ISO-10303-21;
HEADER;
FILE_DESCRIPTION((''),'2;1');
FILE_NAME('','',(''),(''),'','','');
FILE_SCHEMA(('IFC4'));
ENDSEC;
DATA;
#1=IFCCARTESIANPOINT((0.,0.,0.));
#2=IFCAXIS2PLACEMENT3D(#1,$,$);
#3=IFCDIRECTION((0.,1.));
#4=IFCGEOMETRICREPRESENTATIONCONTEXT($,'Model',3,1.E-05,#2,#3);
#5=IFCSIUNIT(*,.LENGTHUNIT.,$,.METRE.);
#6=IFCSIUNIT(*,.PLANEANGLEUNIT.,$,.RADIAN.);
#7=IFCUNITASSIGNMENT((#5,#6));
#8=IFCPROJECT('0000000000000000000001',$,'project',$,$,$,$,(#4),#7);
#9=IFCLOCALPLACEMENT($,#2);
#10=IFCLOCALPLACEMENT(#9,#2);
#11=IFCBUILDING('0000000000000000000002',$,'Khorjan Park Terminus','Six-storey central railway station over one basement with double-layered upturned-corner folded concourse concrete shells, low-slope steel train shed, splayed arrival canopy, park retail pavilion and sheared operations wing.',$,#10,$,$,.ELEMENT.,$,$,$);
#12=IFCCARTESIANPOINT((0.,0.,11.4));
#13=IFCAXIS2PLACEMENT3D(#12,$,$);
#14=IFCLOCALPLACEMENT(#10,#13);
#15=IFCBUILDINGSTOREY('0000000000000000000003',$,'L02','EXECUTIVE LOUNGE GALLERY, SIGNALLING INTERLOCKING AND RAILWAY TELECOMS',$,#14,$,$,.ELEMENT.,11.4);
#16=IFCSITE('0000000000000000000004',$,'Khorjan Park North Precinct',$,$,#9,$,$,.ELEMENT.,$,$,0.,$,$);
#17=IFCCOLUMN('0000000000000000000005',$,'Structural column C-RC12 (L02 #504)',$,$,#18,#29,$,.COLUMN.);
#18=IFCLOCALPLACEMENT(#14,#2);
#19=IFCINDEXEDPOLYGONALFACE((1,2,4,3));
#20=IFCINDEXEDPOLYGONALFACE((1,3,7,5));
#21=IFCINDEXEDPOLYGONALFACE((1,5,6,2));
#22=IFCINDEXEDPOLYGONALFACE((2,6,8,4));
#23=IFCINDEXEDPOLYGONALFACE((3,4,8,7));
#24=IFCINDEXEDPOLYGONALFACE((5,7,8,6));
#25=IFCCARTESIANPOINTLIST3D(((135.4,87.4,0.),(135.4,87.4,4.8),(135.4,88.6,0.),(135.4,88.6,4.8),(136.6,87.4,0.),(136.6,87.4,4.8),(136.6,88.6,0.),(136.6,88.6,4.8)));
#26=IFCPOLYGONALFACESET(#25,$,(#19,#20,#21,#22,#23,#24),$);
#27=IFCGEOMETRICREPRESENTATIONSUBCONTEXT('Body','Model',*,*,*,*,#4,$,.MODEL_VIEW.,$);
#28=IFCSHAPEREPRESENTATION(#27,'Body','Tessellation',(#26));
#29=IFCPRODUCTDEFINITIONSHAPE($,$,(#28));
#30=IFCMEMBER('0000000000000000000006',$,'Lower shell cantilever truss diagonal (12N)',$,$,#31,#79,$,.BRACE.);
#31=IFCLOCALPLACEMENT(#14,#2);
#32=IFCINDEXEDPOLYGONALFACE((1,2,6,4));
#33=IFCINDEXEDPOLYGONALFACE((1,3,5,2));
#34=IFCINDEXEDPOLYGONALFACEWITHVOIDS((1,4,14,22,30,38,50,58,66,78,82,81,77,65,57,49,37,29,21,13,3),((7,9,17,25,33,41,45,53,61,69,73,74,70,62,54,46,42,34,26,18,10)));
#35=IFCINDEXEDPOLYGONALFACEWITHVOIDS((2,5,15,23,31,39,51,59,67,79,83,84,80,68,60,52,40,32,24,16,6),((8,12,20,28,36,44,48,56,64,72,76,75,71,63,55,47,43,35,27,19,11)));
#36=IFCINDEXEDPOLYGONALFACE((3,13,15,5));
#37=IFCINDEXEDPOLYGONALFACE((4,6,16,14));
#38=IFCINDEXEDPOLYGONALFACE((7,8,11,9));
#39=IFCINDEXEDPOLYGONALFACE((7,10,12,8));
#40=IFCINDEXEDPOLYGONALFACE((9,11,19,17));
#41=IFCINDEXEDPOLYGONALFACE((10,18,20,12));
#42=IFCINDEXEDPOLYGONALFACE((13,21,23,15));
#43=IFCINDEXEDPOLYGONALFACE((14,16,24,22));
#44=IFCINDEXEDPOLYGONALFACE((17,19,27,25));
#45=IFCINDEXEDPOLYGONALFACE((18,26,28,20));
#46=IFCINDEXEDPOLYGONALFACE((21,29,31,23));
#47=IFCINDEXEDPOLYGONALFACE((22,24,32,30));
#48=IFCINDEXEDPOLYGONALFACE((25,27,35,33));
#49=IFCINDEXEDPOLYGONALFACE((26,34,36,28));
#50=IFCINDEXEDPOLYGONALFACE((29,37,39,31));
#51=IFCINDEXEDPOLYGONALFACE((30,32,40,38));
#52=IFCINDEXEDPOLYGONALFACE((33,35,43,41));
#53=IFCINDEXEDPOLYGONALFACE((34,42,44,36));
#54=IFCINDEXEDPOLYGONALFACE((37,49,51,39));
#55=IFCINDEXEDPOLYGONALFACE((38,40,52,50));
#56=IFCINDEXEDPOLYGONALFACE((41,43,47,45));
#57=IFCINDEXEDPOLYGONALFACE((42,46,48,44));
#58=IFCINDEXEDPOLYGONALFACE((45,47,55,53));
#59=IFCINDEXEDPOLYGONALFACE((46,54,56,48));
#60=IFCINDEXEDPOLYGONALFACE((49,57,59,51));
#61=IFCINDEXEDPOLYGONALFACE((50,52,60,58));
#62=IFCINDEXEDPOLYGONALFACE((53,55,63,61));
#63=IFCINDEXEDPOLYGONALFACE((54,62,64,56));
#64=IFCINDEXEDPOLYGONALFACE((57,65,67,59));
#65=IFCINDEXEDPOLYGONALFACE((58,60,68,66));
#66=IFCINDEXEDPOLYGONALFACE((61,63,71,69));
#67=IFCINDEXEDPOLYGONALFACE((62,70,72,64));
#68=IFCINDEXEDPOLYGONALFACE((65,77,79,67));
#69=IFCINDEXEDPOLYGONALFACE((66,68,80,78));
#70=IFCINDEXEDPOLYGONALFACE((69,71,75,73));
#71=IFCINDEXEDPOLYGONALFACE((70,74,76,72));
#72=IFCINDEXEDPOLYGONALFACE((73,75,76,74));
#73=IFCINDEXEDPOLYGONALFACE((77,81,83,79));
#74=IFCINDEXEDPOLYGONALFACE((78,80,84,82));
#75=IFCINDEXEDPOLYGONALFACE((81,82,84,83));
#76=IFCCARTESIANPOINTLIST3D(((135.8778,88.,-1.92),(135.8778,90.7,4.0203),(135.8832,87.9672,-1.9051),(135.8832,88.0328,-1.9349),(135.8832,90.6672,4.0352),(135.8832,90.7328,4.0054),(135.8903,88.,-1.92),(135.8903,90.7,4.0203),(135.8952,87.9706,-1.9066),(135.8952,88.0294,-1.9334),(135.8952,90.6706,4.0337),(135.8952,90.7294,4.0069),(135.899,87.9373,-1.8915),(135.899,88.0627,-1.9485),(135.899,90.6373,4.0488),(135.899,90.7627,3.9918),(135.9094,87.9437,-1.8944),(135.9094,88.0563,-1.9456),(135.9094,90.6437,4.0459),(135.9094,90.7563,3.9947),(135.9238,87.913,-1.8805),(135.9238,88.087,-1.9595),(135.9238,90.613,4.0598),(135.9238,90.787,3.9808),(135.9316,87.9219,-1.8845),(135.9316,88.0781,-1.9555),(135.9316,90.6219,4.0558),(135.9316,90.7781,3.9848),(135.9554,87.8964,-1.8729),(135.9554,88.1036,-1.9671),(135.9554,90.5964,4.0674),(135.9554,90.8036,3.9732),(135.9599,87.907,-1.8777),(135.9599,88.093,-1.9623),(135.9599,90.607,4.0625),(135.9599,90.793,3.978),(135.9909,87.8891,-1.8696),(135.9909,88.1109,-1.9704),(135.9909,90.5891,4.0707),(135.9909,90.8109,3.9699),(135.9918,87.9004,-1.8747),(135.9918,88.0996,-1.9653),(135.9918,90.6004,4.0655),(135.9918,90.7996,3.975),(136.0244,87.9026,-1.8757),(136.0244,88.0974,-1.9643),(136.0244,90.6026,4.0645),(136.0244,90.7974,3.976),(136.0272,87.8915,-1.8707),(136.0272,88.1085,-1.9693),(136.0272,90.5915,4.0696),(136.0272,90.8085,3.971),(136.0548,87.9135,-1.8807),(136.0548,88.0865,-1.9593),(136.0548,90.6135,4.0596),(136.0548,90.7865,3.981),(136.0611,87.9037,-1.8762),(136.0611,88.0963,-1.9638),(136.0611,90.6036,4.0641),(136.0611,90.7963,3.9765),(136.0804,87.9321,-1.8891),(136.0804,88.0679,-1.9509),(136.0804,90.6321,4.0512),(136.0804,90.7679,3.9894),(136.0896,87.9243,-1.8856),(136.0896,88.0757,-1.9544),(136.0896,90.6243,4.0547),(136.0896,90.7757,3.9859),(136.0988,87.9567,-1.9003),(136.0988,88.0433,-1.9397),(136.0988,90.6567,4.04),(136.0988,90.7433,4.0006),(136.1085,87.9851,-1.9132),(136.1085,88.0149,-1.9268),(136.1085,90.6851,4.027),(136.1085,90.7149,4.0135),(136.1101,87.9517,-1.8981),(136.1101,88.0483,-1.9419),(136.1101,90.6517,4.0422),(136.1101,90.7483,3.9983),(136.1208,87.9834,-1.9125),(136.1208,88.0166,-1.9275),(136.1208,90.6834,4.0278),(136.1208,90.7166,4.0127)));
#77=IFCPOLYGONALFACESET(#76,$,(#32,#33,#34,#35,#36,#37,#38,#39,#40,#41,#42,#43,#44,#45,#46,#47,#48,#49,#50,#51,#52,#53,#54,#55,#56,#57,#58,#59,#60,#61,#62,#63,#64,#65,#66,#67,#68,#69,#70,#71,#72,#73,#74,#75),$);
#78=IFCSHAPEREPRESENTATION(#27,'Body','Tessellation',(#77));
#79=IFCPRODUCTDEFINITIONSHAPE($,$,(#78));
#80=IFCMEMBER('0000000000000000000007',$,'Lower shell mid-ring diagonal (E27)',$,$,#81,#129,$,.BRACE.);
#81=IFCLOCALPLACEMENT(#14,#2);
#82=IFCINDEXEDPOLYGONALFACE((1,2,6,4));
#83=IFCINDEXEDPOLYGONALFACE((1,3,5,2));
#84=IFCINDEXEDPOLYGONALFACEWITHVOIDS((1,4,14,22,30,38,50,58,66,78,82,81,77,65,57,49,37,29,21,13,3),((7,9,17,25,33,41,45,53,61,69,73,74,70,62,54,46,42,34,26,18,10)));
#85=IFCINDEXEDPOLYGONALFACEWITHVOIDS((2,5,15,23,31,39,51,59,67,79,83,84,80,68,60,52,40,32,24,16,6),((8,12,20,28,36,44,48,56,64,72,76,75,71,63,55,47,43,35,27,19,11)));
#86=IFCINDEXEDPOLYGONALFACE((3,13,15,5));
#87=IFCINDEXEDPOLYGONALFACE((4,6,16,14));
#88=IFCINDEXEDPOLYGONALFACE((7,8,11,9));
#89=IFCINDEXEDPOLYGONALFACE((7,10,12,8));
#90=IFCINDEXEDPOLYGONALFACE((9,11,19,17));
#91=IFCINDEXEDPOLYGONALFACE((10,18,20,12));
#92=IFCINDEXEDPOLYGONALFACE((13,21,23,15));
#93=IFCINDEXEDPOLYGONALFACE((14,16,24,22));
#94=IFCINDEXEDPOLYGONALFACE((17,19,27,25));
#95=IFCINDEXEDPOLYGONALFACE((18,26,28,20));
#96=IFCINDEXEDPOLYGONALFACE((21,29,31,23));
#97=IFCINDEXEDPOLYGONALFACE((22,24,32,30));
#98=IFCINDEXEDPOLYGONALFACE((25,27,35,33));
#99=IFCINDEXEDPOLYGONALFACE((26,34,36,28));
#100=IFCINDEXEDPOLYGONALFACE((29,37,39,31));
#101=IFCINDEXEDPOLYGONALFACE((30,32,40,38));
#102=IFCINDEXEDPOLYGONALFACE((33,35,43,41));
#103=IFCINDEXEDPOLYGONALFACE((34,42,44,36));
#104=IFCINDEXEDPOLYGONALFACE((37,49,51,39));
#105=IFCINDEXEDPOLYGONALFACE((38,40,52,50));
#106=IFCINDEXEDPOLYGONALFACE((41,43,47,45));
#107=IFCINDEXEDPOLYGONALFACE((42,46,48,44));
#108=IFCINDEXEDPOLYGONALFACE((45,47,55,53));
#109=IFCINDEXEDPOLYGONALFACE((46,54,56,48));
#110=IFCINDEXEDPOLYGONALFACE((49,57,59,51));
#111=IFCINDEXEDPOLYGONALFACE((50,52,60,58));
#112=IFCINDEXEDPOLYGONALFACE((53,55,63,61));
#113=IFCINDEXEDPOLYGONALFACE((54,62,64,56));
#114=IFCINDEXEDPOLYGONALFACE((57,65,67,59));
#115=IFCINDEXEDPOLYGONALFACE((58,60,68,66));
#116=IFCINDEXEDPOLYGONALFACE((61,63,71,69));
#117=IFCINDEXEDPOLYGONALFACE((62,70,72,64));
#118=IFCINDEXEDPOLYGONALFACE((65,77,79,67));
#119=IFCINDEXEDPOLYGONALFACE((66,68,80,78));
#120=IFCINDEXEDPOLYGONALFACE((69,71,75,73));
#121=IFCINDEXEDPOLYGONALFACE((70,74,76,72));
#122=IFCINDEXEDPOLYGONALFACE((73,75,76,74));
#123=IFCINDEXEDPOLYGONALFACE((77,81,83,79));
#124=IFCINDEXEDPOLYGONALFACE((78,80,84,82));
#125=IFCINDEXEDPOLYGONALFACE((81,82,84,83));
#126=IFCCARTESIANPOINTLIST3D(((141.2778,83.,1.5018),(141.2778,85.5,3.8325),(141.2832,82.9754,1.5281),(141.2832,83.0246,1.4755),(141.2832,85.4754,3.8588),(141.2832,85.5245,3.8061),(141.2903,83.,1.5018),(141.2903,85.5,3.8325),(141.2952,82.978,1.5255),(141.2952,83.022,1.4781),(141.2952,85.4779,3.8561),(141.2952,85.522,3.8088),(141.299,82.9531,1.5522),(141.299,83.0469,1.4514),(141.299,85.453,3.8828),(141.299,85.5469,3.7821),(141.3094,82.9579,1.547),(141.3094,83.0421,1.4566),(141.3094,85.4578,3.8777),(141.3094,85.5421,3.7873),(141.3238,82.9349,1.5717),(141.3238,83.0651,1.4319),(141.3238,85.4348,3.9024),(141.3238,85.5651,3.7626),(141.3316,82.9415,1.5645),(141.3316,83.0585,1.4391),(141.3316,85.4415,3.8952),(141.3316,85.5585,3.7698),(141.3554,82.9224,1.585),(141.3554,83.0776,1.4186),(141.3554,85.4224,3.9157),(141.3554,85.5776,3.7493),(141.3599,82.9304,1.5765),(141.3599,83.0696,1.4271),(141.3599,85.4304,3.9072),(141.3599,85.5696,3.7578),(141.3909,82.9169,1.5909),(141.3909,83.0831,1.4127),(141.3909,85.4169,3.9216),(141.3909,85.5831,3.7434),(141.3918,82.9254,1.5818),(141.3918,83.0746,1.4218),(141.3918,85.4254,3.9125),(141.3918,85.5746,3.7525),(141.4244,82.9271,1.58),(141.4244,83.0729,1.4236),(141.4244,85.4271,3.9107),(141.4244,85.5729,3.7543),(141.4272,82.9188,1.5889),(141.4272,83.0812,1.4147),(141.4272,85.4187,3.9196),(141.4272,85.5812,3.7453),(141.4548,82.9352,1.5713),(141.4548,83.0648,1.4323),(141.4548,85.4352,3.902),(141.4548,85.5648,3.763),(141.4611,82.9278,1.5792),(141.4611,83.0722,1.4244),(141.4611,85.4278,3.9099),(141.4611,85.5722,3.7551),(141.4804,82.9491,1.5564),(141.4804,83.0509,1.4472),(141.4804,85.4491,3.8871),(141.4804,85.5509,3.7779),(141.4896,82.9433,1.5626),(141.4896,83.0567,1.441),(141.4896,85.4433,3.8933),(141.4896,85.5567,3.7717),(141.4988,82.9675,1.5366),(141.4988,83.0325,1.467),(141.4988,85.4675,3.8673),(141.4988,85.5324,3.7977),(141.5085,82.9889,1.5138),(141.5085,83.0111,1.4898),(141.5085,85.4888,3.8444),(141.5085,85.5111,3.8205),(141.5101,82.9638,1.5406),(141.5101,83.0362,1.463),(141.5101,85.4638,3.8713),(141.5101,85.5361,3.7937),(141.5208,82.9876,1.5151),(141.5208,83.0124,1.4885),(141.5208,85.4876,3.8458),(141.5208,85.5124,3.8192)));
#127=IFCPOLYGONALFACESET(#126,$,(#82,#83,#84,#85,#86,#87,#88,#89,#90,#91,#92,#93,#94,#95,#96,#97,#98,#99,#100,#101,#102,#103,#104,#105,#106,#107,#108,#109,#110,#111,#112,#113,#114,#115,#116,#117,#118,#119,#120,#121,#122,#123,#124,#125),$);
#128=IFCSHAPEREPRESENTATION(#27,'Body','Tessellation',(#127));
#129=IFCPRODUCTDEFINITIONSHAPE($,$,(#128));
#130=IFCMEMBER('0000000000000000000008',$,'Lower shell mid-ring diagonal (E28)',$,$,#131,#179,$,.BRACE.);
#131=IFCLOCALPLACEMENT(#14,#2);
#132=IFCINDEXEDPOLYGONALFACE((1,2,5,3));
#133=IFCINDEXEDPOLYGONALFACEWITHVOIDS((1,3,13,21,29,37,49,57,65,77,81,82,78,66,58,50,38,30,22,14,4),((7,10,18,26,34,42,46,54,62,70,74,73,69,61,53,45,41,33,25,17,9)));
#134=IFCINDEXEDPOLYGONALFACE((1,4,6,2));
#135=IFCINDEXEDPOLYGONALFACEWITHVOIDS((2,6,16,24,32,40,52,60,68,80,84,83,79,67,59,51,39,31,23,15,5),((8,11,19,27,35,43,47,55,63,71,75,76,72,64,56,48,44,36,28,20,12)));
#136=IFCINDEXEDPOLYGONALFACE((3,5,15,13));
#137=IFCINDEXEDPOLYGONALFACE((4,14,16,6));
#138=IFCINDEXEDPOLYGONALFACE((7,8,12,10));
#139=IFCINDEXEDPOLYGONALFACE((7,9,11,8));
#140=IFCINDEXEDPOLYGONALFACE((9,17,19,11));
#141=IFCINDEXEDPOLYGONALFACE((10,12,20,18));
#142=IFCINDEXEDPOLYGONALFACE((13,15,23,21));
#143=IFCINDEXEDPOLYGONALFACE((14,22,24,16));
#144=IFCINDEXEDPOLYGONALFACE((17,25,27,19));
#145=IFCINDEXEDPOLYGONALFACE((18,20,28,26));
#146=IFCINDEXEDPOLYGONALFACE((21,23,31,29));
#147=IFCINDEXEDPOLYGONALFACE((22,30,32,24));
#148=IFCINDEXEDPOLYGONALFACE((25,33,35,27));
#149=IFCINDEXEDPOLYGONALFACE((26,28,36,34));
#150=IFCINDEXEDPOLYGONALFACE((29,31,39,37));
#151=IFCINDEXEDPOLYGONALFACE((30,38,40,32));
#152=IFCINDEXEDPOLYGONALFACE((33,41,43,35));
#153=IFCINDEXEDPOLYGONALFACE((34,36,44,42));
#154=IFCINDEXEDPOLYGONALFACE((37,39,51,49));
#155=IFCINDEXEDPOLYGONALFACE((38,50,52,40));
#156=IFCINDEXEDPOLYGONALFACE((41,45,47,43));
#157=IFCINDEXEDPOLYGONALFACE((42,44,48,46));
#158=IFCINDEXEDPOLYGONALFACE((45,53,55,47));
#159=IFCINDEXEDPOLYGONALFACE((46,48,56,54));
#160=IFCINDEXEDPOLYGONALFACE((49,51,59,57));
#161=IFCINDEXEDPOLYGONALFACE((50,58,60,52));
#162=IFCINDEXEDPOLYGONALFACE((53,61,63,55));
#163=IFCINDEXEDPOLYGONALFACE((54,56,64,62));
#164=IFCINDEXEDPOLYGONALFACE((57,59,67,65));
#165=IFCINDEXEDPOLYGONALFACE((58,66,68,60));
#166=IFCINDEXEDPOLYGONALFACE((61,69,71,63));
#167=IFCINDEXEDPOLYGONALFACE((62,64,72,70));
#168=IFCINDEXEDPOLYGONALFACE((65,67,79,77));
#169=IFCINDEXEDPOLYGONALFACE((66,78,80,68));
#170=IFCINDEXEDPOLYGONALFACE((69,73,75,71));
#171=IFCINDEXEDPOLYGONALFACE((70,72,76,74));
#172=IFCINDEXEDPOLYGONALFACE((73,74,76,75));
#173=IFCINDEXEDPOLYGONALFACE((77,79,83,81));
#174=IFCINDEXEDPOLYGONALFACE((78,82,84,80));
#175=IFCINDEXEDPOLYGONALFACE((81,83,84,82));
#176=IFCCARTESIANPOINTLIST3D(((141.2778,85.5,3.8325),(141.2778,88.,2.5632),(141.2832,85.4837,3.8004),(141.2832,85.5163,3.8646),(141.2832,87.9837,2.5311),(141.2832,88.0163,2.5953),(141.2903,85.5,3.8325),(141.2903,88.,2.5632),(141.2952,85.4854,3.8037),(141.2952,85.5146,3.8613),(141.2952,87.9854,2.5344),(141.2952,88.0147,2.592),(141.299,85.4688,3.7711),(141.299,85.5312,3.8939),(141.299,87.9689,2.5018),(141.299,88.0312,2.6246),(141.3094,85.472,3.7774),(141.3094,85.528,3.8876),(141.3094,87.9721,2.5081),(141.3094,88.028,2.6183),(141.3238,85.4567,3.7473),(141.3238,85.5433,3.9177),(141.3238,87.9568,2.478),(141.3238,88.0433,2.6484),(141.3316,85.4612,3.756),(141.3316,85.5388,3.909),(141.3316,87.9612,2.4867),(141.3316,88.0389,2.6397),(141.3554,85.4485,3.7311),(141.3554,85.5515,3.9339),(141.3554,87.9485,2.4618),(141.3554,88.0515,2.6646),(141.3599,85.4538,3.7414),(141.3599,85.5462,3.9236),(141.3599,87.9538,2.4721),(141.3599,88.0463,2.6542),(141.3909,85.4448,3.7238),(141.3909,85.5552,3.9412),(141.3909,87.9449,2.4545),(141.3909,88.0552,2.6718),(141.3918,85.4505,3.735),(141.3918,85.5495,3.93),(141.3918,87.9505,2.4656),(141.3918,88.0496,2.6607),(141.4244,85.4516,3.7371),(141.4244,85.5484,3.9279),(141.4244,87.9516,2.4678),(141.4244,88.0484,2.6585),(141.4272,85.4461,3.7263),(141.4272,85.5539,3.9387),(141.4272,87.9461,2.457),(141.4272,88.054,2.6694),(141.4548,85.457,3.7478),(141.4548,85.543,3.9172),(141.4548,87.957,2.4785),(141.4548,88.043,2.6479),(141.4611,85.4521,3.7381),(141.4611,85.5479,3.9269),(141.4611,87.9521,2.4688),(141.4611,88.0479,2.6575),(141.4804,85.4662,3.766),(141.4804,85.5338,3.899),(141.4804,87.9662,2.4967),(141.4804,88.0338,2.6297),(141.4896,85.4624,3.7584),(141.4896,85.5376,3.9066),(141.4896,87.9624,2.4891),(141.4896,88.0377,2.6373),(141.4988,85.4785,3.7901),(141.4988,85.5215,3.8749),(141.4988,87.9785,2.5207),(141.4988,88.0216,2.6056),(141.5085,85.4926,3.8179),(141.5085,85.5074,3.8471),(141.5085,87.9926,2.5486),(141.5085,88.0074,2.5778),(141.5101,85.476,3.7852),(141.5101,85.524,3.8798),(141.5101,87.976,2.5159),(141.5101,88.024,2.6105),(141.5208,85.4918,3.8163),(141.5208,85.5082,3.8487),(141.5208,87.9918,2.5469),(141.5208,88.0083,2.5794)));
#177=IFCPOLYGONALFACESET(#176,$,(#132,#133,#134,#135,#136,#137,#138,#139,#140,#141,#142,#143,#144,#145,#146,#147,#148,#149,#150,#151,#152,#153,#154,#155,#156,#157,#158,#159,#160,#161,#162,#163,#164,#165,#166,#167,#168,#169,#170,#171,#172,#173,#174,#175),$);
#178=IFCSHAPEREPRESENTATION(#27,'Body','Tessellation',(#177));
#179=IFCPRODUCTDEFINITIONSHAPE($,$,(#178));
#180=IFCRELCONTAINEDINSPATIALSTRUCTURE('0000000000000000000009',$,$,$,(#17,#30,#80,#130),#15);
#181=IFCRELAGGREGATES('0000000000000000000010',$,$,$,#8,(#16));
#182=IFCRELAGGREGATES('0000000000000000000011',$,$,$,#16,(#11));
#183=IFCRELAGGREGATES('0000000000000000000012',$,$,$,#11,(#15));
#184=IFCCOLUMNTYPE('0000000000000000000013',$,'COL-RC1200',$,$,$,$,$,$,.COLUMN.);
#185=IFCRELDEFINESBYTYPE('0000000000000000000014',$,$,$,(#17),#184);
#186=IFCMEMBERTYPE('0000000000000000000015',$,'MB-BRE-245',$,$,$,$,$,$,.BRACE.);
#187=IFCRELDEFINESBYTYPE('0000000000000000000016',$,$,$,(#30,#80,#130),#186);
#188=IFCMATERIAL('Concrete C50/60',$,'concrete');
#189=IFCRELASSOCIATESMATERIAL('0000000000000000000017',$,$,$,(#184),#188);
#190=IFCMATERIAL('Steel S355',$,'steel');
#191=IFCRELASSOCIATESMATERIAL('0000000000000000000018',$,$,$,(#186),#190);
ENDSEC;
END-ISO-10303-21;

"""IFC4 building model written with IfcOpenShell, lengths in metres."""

from ifc_helpers import new_model, si_unit, direction, frame, origin, origin_2d, place, context, subcontext, project, spatial, rectangle, hollow_circle, extrude, material, material_profile, profile_set, type_object, element, save


model = new_model("IFC4")

# Units and contexts
model_context = context("Model", 3, precision=1e-05, world=origin(), true_north=direction((0.0, 1.0)))
body_context = subcontext(model_context, "Body", "Model", "MODEL_VIEW")
ifc_project = project(units=[si_unit("LENGTHUNIT", "METRE"), si_unit("PLANEANGLEUNIT", "RADIAN")], contexts=[model_context])

# Site, building, storey
site_placement = place(None, origin())
site = spatial("IfcSite", under=ifc_project, at=site_placement, Name="Khorjan Park North Precinct", CompositionType="ELEMENT", RefElevation=0.0)
building_placement = place(site_placement, origin())
building = spatial("IfcBuilding", under=site, at=building_placement, Name="Khorjan Park Terminus", Description="Six-storey central railway station over one basement with double-layered upturned-corner folded concourse concrete shells, low-slope steel train shed, splayed arrival canopy, park retail pavilion and sheared operations wing.", CompositionType="ELEMENT")
storey_placement = place(building_placement, frame((0.0, 0.0, 11.4)))
storey = spatial("IfcBuildingStorey", under=building, at=storey_placement, Name="L02", Description="EXECUTIVE LOUNGE GALLERY, SIGNALLING INTERLOCKING AND RAILWAY TELECOMS", CompositionType="ELEMENT", Elevation=11.4)

# Column
ifc_material_1 = material(Name="Concrete C50/60", Category="concrete")
ifc_material_profile_1 = material_profile(ifc_material_1, rectangle(XDim=1.2, YDim=1.2, at=origin_2d()), Name="RC 1200x1200")
ifc_profile_set_1 = profile_set([ifc_material_profile_1], Name="Concrete C50/60")
column_type = type_object("IfcColumnType", Name="COL-RC1200", PredefinedType="COLUMN", material=ifc_profile_set_1)
column_placement = place(storey_placement, frame((136.0, 88.0, 0.0), z_axis=(0.0, 0.0, 1.0), x_axis=(1.0, 0.0, 0.0)))
element("IfcColumn", 1, at=column_placement, inside=storey, type_object=column_type, Name="Structural column C-RC12 (L02 #504)", PredefinedType="COLUMN", context=body_context, shape_type="SweptSolid", body=[
    extrude(rectangle(XDim=1.2, YDim=1.2, at=origin_2d()), origin(), (0.0, 0.0, 1.0), 4.8),
])

# Members
ifc_material_2 = material(Name="Steel S355", Category="steel")
ifc_material_profile_2 = material_profile(ifc_material_2, hollow_circle(Radius=0.1222, WallThickness=0.0125, at=origin_2d()), Name="CHS 244.5x12.5")
ifc_profile_set_2 = profile_set([ifc_material_profile_2], Name="Steel S355")
member_type_1 = type_object("IfcMemberType", Name="MB-BRE-245", PredefinedType="BRACE", material=ifc_profile_set_2)
member_1_placement = place(storey_placement, frame((136.0, 88.0, -1.92), z_axis=(0.0, 0.413786, 0.910374), x_axis=(-1.0, 0.0, 0.0)))
element("IfcMember", 2, at=member_1_placement, inside=storey, type_object=member_type_1, Name="Lower shell cantilever truss diagonal (12N)", PredefinedType="BRACE", context=body_context, shape_type="SweptSolid", body=[
    extrude(hollow_circle(Radius=0.1222, WallThickness=0.0125, at=origin_2d()), origin(), (0.0, 0.0, 1.0), 6.5251),
])
member_2_placement = place(storey_placement, frame((141.4, 83.0, 1.5018), z_axis=(0.0, 0.731439, 0.681906), x_axis=(-1.0, 0.0, 0.0)))
element("IfcMember", 3, at=member_2_placement, inside=storey, type_object=member_type_1, Name="Lower shell mid-ring diagonal (E27)", PredefinedType="BRACE", context=body_context, shape_type="SweptSolid", body=[
    extrude(hollow_circle(Radius=0.1222, WallThickness=0.0125, at=origin_2d()), origin(), (0.0, 0.0, 1.0), 3.4179),
])
member_3_placement = place(storey_placement, frame((141.4, 85.5, 3.8325), z_axis=(0.0, 0.891657, -0.452712), x_axis=(-1.0, 0.0, 0.0)))
element("IfcMember", 4, at=member_3_placement, inside=storey, type_object=member_type_1, Name="Lower shell mid-ring diagonal (E28)", PredefinedType="BRACE", context=body_context, shape_type="SweptSolid", body=[
    extrude(hollow_circle(Radius=0.1222, WallThickness=0.0125, at=origin_2d()), origin(), (0.0, 0.0, 1.0), 2.8038),
])

save(model, "model.ifc")
